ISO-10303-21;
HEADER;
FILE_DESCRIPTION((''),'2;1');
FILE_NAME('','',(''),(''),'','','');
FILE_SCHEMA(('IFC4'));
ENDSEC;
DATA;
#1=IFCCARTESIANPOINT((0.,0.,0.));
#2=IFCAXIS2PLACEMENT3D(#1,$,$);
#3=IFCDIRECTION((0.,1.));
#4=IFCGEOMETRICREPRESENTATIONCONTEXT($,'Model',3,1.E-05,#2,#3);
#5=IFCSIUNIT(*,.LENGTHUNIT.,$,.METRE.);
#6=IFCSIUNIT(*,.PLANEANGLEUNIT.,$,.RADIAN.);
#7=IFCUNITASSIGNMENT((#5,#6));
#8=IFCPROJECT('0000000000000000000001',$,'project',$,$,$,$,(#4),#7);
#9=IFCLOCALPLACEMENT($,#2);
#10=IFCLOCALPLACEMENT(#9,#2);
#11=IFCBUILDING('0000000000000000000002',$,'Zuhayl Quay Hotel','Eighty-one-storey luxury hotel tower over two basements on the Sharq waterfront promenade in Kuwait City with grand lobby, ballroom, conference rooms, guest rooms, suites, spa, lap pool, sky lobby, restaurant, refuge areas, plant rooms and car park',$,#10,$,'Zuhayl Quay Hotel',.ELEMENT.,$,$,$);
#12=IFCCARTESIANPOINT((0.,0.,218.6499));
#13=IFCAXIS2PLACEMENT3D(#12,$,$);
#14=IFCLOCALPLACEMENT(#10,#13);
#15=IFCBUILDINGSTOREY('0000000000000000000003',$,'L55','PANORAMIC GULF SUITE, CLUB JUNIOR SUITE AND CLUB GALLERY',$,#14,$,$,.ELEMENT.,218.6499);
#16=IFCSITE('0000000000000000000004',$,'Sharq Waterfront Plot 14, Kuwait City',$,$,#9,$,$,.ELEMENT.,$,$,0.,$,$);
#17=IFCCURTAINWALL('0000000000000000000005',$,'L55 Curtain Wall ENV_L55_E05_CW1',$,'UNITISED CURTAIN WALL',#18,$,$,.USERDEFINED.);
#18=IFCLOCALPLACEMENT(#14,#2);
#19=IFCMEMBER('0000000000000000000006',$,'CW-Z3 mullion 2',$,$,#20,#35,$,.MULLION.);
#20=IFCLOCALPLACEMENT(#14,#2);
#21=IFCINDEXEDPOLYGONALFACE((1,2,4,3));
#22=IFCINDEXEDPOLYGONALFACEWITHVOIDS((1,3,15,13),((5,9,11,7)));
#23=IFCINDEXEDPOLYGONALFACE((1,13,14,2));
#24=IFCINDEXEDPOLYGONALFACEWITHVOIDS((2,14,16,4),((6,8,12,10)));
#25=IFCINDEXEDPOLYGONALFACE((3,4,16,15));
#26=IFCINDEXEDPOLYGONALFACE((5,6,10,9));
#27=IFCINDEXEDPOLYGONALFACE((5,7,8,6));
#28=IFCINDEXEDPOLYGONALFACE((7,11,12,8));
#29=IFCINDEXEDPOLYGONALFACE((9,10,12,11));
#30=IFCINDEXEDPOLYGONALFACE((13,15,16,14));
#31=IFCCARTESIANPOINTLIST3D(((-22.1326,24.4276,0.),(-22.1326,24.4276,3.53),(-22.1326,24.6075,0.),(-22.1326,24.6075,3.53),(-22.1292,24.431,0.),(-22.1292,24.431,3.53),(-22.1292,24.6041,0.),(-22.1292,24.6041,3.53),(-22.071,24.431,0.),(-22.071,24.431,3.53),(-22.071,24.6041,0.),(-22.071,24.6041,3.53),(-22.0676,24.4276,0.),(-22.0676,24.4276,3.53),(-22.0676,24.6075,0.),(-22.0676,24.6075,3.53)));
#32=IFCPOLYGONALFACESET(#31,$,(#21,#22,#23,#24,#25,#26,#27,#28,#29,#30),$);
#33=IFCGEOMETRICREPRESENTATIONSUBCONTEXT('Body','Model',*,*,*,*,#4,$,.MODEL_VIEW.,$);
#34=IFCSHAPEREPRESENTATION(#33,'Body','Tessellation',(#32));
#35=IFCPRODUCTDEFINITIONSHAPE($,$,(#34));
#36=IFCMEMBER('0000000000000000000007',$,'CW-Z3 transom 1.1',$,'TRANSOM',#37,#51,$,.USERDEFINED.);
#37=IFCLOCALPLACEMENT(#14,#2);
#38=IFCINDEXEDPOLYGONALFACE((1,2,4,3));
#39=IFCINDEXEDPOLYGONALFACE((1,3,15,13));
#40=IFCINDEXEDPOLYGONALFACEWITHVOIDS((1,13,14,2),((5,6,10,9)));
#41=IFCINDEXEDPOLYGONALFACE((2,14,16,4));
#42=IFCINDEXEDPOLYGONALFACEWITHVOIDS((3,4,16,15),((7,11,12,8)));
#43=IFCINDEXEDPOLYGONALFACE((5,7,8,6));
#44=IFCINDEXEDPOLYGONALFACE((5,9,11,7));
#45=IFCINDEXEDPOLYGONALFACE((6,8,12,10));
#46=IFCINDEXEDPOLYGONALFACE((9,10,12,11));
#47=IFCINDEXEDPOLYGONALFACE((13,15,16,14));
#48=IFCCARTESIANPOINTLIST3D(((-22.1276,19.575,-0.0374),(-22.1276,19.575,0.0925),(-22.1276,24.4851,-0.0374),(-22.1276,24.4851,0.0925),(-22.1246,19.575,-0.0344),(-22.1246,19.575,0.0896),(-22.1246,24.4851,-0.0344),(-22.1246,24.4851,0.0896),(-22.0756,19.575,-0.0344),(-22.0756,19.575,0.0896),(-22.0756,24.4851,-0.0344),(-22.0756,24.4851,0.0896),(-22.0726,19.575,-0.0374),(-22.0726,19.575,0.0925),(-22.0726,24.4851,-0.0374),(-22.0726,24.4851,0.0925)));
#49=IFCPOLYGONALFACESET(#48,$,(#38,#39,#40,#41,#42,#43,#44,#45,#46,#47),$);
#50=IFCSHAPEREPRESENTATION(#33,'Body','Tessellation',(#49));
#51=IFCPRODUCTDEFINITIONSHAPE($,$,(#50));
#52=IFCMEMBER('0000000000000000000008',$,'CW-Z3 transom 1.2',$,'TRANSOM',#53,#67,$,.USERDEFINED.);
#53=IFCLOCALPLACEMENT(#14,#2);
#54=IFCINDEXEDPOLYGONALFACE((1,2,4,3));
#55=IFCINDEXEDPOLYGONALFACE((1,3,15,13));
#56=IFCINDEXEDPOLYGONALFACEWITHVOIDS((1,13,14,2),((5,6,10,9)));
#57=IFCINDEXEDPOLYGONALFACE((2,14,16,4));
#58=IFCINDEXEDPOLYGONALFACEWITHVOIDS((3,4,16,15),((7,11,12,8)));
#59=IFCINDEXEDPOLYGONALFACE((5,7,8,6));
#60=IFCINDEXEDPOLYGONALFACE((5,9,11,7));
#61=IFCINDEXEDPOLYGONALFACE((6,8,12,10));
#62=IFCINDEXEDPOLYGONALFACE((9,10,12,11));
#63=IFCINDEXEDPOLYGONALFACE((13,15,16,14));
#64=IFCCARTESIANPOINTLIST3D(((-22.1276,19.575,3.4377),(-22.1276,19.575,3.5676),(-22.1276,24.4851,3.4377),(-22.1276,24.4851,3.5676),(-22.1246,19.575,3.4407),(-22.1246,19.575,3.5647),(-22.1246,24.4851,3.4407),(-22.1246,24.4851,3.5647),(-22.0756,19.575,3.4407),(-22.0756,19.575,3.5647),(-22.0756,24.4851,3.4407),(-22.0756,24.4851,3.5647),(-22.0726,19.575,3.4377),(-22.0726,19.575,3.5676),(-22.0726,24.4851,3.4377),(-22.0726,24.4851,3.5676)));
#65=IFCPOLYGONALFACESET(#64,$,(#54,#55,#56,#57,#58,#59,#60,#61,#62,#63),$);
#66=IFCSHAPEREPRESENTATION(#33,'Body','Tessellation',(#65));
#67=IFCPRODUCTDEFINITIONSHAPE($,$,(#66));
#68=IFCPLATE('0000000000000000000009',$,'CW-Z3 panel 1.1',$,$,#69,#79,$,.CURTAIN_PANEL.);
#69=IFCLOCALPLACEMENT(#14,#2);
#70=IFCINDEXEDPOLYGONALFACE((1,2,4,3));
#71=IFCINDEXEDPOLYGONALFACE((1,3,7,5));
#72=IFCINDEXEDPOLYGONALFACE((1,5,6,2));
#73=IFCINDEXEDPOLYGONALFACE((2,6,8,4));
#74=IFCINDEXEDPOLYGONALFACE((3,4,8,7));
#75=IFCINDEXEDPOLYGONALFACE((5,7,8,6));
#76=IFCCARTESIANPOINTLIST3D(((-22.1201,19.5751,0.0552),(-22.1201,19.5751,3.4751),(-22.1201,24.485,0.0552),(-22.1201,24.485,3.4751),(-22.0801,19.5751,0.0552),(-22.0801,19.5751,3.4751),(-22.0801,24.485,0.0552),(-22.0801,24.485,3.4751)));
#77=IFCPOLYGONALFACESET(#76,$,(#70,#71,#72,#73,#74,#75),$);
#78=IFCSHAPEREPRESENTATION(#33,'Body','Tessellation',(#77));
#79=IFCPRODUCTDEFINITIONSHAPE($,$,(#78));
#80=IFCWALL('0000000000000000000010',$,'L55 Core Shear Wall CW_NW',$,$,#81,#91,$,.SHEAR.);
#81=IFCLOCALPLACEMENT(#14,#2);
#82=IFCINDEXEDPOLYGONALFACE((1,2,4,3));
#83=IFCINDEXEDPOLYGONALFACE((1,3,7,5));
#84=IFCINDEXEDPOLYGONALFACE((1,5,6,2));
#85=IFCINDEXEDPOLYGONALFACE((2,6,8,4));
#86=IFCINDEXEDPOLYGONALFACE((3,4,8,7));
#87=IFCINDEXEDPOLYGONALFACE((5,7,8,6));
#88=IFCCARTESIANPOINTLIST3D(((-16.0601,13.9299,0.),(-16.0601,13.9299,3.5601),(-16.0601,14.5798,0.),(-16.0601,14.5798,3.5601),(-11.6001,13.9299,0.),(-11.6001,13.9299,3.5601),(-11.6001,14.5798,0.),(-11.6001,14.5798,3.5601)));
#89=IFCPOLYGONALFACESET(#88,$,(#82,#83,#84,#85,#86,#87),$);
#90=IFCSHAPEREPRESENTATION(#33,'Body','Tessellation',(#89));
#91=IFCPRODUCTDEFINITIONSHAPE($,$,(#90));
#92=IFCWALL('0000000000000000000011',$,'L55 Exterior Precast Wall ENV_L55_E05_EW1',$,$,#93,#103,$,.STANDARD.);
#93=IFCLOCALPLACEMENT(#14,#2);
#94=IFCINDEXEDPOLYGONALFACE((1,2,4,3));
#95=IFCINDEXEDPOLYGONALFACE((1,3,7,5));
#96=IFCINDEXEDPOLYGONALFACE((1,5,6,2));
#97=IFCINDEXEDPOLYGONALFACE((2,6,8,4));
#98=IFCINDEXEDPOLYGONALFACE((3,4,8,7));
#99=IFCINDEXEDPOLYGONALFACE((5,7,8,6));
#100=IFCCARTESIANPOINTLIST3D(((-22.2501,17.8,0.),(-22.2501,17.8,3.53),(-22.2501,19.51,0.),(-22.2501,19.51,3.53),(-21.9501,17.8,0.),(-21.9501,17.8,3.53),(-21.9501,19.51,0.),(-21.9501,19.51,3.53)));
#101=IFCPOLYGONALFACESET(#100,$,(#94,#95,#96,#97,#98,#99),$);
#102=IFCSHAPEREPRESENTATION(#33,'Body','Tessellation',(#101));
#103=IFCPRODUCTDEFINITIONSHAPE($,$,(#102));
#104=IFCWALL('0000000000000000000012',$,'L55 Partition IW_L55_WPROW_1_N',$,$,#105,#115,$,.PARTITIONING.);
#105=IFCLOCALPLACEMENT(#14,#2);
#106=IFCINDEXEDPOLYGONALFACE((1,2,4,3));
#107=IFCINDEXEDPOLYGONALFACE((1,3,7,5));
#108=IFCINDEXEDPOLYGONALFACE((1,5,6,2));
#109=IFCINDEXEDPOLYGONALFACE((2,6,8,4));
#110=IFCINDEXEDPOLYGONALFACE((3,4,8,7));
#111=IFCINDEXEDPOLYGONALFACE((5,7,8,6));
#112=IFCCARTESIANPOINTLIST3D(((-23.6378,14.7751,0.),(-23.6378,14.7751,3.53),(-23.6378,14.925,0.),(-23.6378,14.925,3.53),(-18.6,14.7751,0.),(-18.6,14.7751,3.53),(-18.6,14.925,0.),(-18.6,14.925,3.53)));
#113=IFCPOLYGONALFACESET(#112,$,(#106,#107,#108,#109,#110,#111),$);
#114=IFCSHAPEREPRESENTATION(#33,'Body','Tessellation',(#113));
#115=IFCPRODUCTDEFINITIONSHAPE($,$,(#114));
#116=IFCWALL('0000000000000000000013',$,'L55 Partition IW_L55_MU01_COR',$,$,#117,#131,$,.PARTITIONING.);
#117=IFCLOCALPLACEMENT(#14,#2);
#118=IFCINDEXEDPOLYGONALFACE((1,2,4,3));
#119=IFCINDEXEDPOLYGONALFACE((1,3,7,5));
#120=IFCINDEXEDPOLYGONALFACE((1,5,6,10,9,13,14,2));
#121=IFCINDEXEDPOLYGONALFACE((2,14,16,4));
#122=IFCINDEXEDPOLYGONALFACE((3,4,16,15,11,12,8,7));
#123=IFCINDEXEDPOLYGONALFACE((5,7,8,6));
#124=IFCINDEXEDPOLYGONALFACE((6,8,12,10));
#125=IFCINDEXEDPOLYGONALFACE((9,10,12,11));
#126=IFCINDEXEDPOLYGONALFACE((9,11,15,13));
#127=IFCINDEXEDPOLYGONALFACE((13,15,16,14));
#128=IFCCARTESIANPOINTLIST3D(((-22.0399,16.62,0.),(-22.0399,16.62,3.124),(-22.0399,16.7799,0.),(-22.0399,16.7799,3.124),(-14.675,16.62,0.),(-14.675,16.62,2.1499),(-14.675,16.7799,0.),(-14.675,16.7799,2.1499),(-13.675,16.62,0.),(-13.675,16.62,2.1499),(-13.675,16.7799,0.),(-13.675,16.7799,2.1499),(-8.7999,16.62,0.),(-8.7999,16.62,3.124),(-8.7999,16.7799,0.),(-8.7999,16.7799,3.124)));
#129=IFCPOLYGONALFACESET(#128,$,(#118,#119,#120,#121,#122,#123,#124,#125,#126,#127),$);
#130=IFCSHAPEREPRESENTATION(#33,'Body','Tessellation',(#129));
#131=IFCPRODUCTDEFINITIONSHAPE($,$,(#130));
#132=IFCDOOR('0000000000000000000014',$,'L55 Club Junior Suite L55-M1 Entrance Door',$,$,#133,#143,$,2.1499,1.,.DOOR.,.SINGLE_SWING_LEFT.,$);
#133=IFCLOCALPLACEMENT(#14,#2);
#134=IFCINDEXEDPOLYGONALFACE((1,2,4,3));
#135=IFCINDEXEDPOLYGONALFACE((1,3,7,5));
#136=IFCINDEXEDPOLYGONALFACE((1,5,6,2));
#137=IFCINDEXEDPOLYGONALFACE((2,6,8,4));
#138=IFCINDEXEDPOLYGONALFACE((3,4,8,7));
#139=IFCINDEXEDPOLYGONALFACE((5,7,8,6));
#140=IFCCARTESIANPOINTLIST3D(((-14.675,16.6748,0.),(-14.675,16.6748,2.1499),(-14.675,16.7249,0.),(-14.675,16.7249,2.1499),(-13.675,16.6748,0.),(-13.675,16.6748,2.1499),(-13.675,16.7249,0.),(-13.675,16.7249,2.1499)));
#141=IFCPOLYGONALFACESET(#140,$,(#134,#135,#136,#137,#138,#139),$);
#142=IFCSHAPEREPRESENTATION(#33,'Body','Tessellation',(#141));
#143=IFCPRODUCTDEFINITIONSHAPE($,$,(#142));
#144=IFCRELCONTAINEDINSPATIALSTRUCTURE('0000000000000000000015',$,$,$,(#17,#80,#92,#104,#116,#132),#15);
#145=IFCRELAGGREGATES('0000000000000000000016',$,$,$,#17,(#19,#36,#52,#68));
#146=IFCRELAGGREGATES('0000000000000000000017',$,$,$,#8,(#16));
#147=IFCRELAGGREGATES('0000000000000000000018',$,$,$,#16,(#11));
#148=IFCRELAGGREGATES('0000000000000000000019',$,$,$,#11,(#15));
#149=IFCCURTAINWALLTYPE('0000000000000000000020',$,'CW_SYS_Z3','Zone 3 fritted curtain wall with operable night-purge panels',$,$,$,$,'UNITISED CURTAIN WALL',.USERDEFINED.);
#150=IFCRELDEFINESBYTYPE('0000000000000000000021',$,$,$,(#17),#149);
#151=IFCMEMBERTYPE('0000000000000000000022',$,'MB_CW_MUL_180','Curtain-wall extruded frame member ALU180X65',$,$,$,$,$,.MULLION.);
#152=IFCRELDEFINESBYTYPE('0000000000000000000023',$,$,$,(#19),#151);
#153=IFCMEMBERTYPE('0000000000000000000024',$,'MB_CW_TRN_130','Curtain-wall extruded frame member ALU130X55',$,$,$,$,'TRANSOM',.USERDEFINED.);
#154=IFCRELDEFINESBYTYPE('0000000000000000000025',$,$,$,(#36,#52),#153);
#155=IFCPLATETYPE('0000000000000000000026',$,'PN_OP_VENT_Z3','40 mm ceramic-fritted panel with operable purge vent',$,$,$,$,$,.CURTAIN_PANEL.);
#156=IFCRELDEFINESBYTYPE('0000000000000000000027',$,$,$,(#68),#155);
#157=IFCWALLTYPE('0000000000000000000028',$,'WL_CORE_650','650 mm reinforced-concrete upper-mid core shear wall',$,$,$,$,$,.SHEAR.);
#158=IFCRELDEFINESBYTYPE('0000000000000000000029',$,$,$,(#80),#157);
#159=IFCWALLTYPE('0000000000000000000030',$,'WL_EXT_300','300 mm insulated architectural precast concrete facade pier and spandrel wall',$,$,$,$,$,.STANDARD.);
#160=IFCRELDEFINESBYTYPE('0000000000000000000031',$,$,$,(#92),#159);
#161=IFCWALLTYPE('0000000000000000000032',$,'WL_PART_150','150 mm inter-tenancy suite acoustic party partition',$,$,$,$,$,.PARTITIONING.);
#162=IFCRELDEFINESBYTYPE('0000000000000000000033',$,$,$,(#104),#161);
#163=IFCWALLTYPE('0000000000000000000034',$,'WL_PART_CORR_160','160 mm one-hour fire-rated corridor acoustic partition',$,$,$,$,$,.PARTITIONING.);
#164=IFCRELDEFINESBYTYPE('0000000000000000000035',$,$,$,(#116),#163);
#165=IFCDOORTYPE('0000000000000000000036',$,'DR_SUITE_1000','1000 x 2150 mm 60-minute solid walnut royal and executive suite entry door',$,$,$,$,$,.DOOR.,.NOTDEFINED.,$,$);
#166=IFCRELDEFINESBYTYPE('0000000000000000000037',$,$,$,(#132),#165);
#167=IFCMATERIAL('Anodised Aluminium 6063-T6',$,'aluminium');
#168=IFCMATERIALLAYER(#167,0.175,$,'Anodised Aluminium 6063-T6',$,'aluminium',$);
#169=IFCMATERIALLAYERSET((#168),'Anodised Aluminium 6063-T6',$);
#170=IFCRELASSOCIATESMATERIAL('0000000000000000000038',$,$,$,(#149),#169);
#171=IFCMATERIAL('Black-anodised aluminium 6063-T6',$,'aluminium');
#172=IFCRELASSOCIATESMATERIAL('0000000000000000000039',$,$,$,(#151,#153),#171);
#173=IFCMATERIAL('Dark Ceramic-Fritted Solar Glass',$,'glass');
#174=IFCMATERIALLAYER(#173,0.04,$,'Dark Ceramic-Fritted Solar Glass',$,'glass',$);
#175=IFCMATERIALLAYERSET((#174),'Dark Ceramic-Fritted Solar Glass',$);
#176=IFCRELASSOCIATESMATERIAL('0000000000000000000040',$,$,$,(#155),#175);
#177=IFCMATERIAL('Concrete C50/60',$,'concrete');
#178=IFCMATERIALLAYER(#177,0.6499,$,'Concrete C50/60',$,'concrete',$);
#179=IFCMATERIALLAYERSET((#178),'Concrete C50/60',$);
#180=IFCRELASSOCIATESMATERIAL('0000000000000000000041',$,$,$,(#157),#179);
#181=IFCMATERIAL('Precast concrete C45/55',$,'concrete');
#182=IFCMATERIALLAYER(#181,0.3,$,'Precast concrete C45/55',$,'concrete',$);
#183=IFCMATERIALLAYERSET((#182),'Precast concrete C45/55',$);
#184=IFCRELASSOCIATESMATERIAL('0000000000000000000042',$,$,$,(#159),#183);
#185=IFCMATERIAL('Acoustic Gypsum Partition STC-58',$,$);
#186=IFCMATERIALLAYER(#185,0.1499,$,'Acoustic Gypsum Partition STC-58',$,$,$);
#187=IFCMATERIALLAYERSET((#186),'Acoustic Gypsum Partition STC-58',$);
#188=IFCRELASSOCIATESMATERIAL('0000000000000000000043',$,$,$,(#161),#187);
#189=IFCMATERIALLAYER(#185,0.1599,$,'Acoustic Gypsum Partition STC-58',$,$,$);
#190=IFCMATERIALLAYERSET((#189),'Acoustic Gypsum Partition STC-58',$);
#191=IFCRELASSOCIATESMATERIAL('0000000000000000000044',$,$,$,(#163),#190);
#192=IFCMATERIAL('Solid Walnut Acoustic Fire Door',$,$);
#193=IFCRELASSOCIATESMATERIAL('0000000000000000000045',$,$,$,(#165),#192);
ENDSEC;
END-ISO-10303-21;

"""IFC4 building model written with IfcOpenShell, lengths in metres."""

from ifc_helpers import new_model, si_unit, direction, frame, frame_2d, origin, origin_2d, place, context, subcontext, project, spatial, rectangle, hollow_rectangle, extrude, material, layer, layer_set, material_profile, profile_set, type_object, element, fill, aggregate, save


model = new_model("IFC4")

# Units and contexts
model_context = context("Model", 3, precision=1e-05, world=origin(), true_north=direction((0.0, 1.0)))
body_context = subcontext(model_context, "Body", "Model", "MODEL_VIEW")
ifc_project = project(units=[si_unit("LENGTHUNIT", "METRE"), si_unit("PLANEANGLEUNIT", "RADIAN")], contexts=[model_context])

# Site, building, storey
site_placement = place(None, origin())
site = spatial("IfcSite", under=ifc_project, at=site_placement, Name="Sharq Waterfront Plot 14, Kuwait City", CompositionType="ELEMENT", RefElevation=0.0)
building_placement = place(site_placement, origin())
building = spatial("IfcBuilding", under=site, at=building_placement, Name="Zuhayl Quay Hotel", Description="Eighty-one-storey luxury hotel tower over two basements on the Sharq waterfront promenade in Kuwait City with grand lobby, ballroom, conference rooms, guest rooms, suites, spa, lap pool, sky lobby, restaurant, refuge areas, plant rooms and car park", LongName="Zuhayl Quay Hotel", CompositionType="ELEMENT")
storey_placement = place(building_placement, frame((0.0, 0.0, 218.6499)))
storey = spatial("IfcBuildingStorey", under=building, at=storey_placement, Name="L55", Description="PANORAMIC GULF SUITE, CLUB JUNIOR SUITE AND CLUB GALLERY", CompositionType="ELEMENT", Elevation=218.6499)

# Curtain wall, members, plate
ifc_material_1 = material(Name="Anodised Aluminium 6063-T6", Category="aluminium")
ifc_layer_1 = layer(ifc_material_1, 0.175, Name="Anodised Aluminium 6063-T6", Category="aluminium")
ifc_layer_set_1 = layer_set([ifc_layer_1], Name="Anodised Aluminium 6063-T6")
curtain_wall_type = type_object("IfcCurtainWallType", Name="CW_SYS_Z3", Description="Zone 3 fritted curtain wall with operable night-purge panels", ElementType="UNITISED CURTAIN WALL", PredefinedType="USERDEFINED", material=ifc_layer_set_1)
curtain_wall_placement = place(storey_placement, origin())
curtain_wall = element("IfcCurtainWall", 1, at=curtain_wall_placement, inside=storey, type_object=curtain_wall_type, Name="L55 Curtain Wall ENV_L55_E05_CW1", ObjectType="UNITISED CURTAIN WALL", PredefinedType="USERDEFINED")
ifc_material_2 = material(Name="Black-anodised aluminium 6063-T6", Category="aluminium")
ifc_material_profile_1 = material_profile(ifc_material_2, hollow_rectangle(XDim=0.0649, YDim=0.1799, WallThickness=0.0034, at=origin_2d()), Name="ALU180X65")
ifc_profile_set_1 = profile_set([ifc_material_profile_1], Name="Black-anodised aluminium 6063-T6")
member_type_1 = type_object("IfcMemberType", Name="MB_CW_MUL_180", Description="Curtain-wall extruded frame member ALU180X65", PredefinedType="MULLION", material=ifc_profile_set_1)
member_1_placement = place(storey_placement, frame((-22.1001, 24.5176, 0.0), z_axis=(0.0, 0.0, 1.0), x_axis=(-1.0, 0.0, 0.0)))
member_1 = element("IfcMember", 2, at=member_1_placement, type_object=member_type_1, Name="CW-Z3 mullion 2", PredefinedType="MULLION", context=body_context, shape_type="SweptSolid", body=[
    extrude(hollow_rectangle(XDim=0.0649, YDim=0.1799, WallThickness=0.0034, at=origin_2d()), origin(), (0.0, 0.0, 1.0), 3.53),
])
ifc_material_profile_2 = material_profile(ifc_material_2, hollow_rectangle(XDim=0.0549, YDim=0.1299, WallThickness=0.0029, at=origin_2d()), Name="ALU130X55")
ifc_profile_set_2 = profile_set([ifc_material_profile_2], Name="Black-anodised aluminium 6063-T6")
member_type_2 = type_object("IfcMemberType", Name="MB_CW_TRN_130", Description="Curtain-wall extruded frame member ALU130X55", ElementType="TRANSOM", PredefinedType="USERDEFINED", material=ifc_profile_set_2)
member_2_placement = place(storey_placement, frame((-22.1001, 19.575, 0.0276), z_axis=(0.0, 1.0, 0.0), x_axis=(-1.0, 0.0, 0.0)))
member_2 = element("IfcMember", 3, at=member_2_placement, type_object=member_type_2, Name="CW-Z3 transom 1.1", ObjectType="TRANSOM", PredefinedType="USERDEFINED", context=body_context, shape_type="SweptSolid", body=[
    extrude(hollow_rectangle(XDim=0.0549, YDim=0.1299, WallThickness=0.0029, at=origin_2d()), origin(), (0.0, 0.0, 1.0), 4.9102),
])
member_3_placement = place(storey_placement, frame((-22.1001, 19.575, 3.5027), z_axis=(0.0, 1.0, 0.0), x_axis=(-1.0, 0.0, 0.0)))
member_3 = element("IfcMember", 4, at=member_3_placement, type_object=member_type_2, Name="CW-Z3 transom 1.2", ObjectType="TRANSOM", PredefinedType="USERDEFINED", context=body_context, shape_type="SweptSolid", body=[
    extrude(hollow_rectangle(XDim=0.0549, YDim=0.1299, WallThickness=0.0029, at=origin_2d()), origin(), (0.0, 0.0, 1.0), 4.9102),
])
ifc_material_3 = material(Name="Dark Ceramic-Fritted Solar Glass", Category="glass")
ifc_layer_2 = layer(ifc_material_3, 0.04, Name="Dark Ceramic-Fritted Solar Glass", Category="glass")
ifc_layer_set_2 = layer_set([ifc_layer_2], Name="Dark Ceramic-Fritted Solar Glass")
plate_type = type_object("IfcPlateType", Name="PN_OP_VENT_Z3", Description="40 mm ceramic-fritted panel with operable purge vent", PredefinedType="CURTAIN_PANEL", material=ifc_layer_set_2)
plate_placement = place(storey_placement, frame((-22.1001, 22.03, 0.0552), z_axis=(0.0, 0.0, 1.0), x_axis=(0.0, 1.0, 0.0)))
plate = element("IfcPlate", 5, at=plate_placement, type_object=plate_type, Name="CW-Z3 panel 1.1", PredefinedType="CURTAIN_PANEL", context=body_context, shape_type="SweptSolid", body=[
    extrude(rectangle(XDim=4.9099, YDim=0.04, at=origin_2d()), origin(), (0.0, 0.0, 1.0), 3.4199),
])
aggregate(curtain_wall, [member_1, member_2, member_3, plate])

# Walls
ifc_material_4 = material(Name="Concrete C50/60", Category="concrete")
ifc_layer_3 = layer(ifc_material_4, 0.6499, Name="Concrete C50/60", Category="concrete")
ifc_layer_set_3 = layer_set([ifc_layer_3], Name="Concrete C50/60")
wall_type_1 = type_object("IfcWallType", Name="WL_CORE_650", Description="650 mm reinforced-concrete upper-mid core shear wall", PredefinedType="SHEAR", material=ifc_layer_set_3)
wall_1_placement = place(storey_placement, frame((-16.0601, 14.2549, 0.0), z_axis=(0.0, 0.0, 1.0), x_axis=(1.0, 0.0, 0.0)))
element("IfcWall", 6, at=wall_1_placement, inside=storey, type_object=wall_type_1, Name="L55 Core Shear Wall CW_NW", PredefinedType="SHEAR", context=body_context, shape_type="SweptSolid", body=[
    extrude(rectangle(XDim=4.46, YDim=0.6499, at=frame_2d((2.23, 0.0))), origin(), (0.0, 0.0, 1.0), 3.5601),
])
ifc_material_5 = material(Name="Precast concrete C45/55", Category="concrete")
ifc_layer_4 = layer(ifc_material_5, 0.3, Name="Precast concrete C45/55", Category="concrete")
ifc_layer_set_4 = layer_set([ifc_layer_4], Name="Precast concrete C45/55")
wall_type_2 = type_object("IfcWallType", Name="WL_EXT_300", Description="300 mm insulated architectural precast concrete facade pier and spandrel wall", PredefinedType="STANDARD", material=ifc_layer_set_4)
wall_2_placement = place(storey_placement, frame((-22.1001, 17.8, 0.0), z_axis=(0.0, 0.0, 1.0), x_axis=(0.0, 1.0, 0.0)))
element("IfcWall", 7, at=wall_2_placement, inside=storey, type_object=wall_type_2, Name="L55 Exterior Precast Wall ENV_L55_E05_EW1", PredefinedType="STANDARD", context=body_context, shape_type="SweptSolid", body=[
    extrude(rectangle(XDim=1.71, YDim=0.3, at=frame_2d((0.855, 0.0))), origin(), (0.0, 0.0, 1.0), 3.53),
])
ifc_material_6 = material(Name="Acoustic Gypsum Partition STC-58")
ifc_layer_5 = layer(ifc_material_6, 0.1499, Name="Acoustic Gypsum Partition STC-58")
ifc_layer_set_5 = layer_set([ifc_layer_5], Name="Acoustic Gypsum Partition STC-58")
wall_type_3 = type_object("IfcWallType", Name="WL_PART_150", Description="150 mm inter-tenancy suite acoustic party partition", PredefinedType="PARTITIONING", material=ifc_layer_set_5)
wall_3_placement = place(storey_placement, frame((-23.6379, 14.8501, 0.0), z_axis=(0.0, 0.0, 1.0), x_axis=(1.0, 0.0, 0.0)))
element("IfcWall", 8, at=wall_3_placement, inside=storey, type_object=wall_type_3, Name="L55 Partition IW_L55_WPROW_1_N", PredefinedType="PARTITIONING", context=body_context, shape_type="SweptSolid", body=[
    extrude(rectangle(XDim=5.0378, YDim=0.1499, at=frame_2d((2.519, 0.0))), origin(), (0.0, 0.0, 1.0), 3.53),
])

# Wall, opening, door
ifc_layer_6 = layer(ifc_material_6, 0.1599, Name="Acoustic Gypsum Partition STC-58")
ifc_layer_set_6 = layer_set([ifc_layer_6], Name="Acoustic Gypsum Partition STC-58")
wall_type_4 = type_object("IfcWallType", Name="WL_PART_CORR_160", Description="160 mm one-hour fire-rated corridor acoustic partition", PredefinedType="PARTITIONING", material=ifc_layer_set_6)
wall_4_placement = place(storey_placement, frame((-22.04, 16.7, 0.0), z_axis=(0.0, 0.0, 1.0), x_axis=(1.0, 0.0, 0.0)))
wall_4 = element("IfcWall", 9, at=wall_4_placement, inside=storey, type_object=wall_type_4, Name="L55 Partition IW_L55_MU01_COR", PredefinedType="PARTITIONING", context=body_context, shape_type="SweptSolid", body=[
    extrude(rectangle(XDim=13.24, YDim=0.1599, at=frame_2d((6.6201, 0.0))), origin(), (0.0, 0.0, 1.0), 3.124),
])
opening_1_placement = place(wall_4_placement, frame((7.365, 0.0, 0.0)))
opening_1 = element("IfcOpeningElement", 10, at=opening_1_placement, cuts=wall_4, PredefinedType="OPENING", context=body_context, shape_type="SweptSolid", body=[
    extrude(rectangle(XDim=1.0, YDim=2.1499, at=frame_2d((0.5, 1.075))), frame((0.0, 0.0898, 0.0), z_axis=(0.0, -1.0, 0.0), x_axis=(1.0, 0.0, 0.0)), (0.0, 0.0, 1.0), 0.1799),
])
ifc_material_7 = material(Name="Solid Walnut Acoustic Fire Door")
door_type_1 = type_object("IfcDoorType", Name="DR_SUITE_1000", Description="1000 x 2150 mm 60-minute solid walnut royal and executive suite entry door", OperationType="NOTDEFINED", PredefinedType="DOOR", material=ifc_material_7)
door_1_placement = place(opening_1_placement, origin())
door_1 = element("IfcDoor", 11, at=door_1_placement, inside=storey, type_object=door_type_1, Name="L55 Club Junior Suite L55-M1 Entrance Door", OperationType="SINGLE_SWING_LEFT", OverallHeight=2.1499, OverallWidth=1.0, PredefinedType="DOOR", context=body_context, shape_type="SweptSolid", body=[
    extrude(rectangle(XDim=1.0, YDim=2.1499, at=frame_2d((0.5, 1.075))), frame((0.0, 0.0249, 0.0), z_axis=(0.0, -1.0, 0.0), x_axis=(1.0, 0.0, 0.0)), (0.0, 0.0, 1.0), 0.05),
])
fill(opening_1, door_1)

save(model, "model.ifc")
